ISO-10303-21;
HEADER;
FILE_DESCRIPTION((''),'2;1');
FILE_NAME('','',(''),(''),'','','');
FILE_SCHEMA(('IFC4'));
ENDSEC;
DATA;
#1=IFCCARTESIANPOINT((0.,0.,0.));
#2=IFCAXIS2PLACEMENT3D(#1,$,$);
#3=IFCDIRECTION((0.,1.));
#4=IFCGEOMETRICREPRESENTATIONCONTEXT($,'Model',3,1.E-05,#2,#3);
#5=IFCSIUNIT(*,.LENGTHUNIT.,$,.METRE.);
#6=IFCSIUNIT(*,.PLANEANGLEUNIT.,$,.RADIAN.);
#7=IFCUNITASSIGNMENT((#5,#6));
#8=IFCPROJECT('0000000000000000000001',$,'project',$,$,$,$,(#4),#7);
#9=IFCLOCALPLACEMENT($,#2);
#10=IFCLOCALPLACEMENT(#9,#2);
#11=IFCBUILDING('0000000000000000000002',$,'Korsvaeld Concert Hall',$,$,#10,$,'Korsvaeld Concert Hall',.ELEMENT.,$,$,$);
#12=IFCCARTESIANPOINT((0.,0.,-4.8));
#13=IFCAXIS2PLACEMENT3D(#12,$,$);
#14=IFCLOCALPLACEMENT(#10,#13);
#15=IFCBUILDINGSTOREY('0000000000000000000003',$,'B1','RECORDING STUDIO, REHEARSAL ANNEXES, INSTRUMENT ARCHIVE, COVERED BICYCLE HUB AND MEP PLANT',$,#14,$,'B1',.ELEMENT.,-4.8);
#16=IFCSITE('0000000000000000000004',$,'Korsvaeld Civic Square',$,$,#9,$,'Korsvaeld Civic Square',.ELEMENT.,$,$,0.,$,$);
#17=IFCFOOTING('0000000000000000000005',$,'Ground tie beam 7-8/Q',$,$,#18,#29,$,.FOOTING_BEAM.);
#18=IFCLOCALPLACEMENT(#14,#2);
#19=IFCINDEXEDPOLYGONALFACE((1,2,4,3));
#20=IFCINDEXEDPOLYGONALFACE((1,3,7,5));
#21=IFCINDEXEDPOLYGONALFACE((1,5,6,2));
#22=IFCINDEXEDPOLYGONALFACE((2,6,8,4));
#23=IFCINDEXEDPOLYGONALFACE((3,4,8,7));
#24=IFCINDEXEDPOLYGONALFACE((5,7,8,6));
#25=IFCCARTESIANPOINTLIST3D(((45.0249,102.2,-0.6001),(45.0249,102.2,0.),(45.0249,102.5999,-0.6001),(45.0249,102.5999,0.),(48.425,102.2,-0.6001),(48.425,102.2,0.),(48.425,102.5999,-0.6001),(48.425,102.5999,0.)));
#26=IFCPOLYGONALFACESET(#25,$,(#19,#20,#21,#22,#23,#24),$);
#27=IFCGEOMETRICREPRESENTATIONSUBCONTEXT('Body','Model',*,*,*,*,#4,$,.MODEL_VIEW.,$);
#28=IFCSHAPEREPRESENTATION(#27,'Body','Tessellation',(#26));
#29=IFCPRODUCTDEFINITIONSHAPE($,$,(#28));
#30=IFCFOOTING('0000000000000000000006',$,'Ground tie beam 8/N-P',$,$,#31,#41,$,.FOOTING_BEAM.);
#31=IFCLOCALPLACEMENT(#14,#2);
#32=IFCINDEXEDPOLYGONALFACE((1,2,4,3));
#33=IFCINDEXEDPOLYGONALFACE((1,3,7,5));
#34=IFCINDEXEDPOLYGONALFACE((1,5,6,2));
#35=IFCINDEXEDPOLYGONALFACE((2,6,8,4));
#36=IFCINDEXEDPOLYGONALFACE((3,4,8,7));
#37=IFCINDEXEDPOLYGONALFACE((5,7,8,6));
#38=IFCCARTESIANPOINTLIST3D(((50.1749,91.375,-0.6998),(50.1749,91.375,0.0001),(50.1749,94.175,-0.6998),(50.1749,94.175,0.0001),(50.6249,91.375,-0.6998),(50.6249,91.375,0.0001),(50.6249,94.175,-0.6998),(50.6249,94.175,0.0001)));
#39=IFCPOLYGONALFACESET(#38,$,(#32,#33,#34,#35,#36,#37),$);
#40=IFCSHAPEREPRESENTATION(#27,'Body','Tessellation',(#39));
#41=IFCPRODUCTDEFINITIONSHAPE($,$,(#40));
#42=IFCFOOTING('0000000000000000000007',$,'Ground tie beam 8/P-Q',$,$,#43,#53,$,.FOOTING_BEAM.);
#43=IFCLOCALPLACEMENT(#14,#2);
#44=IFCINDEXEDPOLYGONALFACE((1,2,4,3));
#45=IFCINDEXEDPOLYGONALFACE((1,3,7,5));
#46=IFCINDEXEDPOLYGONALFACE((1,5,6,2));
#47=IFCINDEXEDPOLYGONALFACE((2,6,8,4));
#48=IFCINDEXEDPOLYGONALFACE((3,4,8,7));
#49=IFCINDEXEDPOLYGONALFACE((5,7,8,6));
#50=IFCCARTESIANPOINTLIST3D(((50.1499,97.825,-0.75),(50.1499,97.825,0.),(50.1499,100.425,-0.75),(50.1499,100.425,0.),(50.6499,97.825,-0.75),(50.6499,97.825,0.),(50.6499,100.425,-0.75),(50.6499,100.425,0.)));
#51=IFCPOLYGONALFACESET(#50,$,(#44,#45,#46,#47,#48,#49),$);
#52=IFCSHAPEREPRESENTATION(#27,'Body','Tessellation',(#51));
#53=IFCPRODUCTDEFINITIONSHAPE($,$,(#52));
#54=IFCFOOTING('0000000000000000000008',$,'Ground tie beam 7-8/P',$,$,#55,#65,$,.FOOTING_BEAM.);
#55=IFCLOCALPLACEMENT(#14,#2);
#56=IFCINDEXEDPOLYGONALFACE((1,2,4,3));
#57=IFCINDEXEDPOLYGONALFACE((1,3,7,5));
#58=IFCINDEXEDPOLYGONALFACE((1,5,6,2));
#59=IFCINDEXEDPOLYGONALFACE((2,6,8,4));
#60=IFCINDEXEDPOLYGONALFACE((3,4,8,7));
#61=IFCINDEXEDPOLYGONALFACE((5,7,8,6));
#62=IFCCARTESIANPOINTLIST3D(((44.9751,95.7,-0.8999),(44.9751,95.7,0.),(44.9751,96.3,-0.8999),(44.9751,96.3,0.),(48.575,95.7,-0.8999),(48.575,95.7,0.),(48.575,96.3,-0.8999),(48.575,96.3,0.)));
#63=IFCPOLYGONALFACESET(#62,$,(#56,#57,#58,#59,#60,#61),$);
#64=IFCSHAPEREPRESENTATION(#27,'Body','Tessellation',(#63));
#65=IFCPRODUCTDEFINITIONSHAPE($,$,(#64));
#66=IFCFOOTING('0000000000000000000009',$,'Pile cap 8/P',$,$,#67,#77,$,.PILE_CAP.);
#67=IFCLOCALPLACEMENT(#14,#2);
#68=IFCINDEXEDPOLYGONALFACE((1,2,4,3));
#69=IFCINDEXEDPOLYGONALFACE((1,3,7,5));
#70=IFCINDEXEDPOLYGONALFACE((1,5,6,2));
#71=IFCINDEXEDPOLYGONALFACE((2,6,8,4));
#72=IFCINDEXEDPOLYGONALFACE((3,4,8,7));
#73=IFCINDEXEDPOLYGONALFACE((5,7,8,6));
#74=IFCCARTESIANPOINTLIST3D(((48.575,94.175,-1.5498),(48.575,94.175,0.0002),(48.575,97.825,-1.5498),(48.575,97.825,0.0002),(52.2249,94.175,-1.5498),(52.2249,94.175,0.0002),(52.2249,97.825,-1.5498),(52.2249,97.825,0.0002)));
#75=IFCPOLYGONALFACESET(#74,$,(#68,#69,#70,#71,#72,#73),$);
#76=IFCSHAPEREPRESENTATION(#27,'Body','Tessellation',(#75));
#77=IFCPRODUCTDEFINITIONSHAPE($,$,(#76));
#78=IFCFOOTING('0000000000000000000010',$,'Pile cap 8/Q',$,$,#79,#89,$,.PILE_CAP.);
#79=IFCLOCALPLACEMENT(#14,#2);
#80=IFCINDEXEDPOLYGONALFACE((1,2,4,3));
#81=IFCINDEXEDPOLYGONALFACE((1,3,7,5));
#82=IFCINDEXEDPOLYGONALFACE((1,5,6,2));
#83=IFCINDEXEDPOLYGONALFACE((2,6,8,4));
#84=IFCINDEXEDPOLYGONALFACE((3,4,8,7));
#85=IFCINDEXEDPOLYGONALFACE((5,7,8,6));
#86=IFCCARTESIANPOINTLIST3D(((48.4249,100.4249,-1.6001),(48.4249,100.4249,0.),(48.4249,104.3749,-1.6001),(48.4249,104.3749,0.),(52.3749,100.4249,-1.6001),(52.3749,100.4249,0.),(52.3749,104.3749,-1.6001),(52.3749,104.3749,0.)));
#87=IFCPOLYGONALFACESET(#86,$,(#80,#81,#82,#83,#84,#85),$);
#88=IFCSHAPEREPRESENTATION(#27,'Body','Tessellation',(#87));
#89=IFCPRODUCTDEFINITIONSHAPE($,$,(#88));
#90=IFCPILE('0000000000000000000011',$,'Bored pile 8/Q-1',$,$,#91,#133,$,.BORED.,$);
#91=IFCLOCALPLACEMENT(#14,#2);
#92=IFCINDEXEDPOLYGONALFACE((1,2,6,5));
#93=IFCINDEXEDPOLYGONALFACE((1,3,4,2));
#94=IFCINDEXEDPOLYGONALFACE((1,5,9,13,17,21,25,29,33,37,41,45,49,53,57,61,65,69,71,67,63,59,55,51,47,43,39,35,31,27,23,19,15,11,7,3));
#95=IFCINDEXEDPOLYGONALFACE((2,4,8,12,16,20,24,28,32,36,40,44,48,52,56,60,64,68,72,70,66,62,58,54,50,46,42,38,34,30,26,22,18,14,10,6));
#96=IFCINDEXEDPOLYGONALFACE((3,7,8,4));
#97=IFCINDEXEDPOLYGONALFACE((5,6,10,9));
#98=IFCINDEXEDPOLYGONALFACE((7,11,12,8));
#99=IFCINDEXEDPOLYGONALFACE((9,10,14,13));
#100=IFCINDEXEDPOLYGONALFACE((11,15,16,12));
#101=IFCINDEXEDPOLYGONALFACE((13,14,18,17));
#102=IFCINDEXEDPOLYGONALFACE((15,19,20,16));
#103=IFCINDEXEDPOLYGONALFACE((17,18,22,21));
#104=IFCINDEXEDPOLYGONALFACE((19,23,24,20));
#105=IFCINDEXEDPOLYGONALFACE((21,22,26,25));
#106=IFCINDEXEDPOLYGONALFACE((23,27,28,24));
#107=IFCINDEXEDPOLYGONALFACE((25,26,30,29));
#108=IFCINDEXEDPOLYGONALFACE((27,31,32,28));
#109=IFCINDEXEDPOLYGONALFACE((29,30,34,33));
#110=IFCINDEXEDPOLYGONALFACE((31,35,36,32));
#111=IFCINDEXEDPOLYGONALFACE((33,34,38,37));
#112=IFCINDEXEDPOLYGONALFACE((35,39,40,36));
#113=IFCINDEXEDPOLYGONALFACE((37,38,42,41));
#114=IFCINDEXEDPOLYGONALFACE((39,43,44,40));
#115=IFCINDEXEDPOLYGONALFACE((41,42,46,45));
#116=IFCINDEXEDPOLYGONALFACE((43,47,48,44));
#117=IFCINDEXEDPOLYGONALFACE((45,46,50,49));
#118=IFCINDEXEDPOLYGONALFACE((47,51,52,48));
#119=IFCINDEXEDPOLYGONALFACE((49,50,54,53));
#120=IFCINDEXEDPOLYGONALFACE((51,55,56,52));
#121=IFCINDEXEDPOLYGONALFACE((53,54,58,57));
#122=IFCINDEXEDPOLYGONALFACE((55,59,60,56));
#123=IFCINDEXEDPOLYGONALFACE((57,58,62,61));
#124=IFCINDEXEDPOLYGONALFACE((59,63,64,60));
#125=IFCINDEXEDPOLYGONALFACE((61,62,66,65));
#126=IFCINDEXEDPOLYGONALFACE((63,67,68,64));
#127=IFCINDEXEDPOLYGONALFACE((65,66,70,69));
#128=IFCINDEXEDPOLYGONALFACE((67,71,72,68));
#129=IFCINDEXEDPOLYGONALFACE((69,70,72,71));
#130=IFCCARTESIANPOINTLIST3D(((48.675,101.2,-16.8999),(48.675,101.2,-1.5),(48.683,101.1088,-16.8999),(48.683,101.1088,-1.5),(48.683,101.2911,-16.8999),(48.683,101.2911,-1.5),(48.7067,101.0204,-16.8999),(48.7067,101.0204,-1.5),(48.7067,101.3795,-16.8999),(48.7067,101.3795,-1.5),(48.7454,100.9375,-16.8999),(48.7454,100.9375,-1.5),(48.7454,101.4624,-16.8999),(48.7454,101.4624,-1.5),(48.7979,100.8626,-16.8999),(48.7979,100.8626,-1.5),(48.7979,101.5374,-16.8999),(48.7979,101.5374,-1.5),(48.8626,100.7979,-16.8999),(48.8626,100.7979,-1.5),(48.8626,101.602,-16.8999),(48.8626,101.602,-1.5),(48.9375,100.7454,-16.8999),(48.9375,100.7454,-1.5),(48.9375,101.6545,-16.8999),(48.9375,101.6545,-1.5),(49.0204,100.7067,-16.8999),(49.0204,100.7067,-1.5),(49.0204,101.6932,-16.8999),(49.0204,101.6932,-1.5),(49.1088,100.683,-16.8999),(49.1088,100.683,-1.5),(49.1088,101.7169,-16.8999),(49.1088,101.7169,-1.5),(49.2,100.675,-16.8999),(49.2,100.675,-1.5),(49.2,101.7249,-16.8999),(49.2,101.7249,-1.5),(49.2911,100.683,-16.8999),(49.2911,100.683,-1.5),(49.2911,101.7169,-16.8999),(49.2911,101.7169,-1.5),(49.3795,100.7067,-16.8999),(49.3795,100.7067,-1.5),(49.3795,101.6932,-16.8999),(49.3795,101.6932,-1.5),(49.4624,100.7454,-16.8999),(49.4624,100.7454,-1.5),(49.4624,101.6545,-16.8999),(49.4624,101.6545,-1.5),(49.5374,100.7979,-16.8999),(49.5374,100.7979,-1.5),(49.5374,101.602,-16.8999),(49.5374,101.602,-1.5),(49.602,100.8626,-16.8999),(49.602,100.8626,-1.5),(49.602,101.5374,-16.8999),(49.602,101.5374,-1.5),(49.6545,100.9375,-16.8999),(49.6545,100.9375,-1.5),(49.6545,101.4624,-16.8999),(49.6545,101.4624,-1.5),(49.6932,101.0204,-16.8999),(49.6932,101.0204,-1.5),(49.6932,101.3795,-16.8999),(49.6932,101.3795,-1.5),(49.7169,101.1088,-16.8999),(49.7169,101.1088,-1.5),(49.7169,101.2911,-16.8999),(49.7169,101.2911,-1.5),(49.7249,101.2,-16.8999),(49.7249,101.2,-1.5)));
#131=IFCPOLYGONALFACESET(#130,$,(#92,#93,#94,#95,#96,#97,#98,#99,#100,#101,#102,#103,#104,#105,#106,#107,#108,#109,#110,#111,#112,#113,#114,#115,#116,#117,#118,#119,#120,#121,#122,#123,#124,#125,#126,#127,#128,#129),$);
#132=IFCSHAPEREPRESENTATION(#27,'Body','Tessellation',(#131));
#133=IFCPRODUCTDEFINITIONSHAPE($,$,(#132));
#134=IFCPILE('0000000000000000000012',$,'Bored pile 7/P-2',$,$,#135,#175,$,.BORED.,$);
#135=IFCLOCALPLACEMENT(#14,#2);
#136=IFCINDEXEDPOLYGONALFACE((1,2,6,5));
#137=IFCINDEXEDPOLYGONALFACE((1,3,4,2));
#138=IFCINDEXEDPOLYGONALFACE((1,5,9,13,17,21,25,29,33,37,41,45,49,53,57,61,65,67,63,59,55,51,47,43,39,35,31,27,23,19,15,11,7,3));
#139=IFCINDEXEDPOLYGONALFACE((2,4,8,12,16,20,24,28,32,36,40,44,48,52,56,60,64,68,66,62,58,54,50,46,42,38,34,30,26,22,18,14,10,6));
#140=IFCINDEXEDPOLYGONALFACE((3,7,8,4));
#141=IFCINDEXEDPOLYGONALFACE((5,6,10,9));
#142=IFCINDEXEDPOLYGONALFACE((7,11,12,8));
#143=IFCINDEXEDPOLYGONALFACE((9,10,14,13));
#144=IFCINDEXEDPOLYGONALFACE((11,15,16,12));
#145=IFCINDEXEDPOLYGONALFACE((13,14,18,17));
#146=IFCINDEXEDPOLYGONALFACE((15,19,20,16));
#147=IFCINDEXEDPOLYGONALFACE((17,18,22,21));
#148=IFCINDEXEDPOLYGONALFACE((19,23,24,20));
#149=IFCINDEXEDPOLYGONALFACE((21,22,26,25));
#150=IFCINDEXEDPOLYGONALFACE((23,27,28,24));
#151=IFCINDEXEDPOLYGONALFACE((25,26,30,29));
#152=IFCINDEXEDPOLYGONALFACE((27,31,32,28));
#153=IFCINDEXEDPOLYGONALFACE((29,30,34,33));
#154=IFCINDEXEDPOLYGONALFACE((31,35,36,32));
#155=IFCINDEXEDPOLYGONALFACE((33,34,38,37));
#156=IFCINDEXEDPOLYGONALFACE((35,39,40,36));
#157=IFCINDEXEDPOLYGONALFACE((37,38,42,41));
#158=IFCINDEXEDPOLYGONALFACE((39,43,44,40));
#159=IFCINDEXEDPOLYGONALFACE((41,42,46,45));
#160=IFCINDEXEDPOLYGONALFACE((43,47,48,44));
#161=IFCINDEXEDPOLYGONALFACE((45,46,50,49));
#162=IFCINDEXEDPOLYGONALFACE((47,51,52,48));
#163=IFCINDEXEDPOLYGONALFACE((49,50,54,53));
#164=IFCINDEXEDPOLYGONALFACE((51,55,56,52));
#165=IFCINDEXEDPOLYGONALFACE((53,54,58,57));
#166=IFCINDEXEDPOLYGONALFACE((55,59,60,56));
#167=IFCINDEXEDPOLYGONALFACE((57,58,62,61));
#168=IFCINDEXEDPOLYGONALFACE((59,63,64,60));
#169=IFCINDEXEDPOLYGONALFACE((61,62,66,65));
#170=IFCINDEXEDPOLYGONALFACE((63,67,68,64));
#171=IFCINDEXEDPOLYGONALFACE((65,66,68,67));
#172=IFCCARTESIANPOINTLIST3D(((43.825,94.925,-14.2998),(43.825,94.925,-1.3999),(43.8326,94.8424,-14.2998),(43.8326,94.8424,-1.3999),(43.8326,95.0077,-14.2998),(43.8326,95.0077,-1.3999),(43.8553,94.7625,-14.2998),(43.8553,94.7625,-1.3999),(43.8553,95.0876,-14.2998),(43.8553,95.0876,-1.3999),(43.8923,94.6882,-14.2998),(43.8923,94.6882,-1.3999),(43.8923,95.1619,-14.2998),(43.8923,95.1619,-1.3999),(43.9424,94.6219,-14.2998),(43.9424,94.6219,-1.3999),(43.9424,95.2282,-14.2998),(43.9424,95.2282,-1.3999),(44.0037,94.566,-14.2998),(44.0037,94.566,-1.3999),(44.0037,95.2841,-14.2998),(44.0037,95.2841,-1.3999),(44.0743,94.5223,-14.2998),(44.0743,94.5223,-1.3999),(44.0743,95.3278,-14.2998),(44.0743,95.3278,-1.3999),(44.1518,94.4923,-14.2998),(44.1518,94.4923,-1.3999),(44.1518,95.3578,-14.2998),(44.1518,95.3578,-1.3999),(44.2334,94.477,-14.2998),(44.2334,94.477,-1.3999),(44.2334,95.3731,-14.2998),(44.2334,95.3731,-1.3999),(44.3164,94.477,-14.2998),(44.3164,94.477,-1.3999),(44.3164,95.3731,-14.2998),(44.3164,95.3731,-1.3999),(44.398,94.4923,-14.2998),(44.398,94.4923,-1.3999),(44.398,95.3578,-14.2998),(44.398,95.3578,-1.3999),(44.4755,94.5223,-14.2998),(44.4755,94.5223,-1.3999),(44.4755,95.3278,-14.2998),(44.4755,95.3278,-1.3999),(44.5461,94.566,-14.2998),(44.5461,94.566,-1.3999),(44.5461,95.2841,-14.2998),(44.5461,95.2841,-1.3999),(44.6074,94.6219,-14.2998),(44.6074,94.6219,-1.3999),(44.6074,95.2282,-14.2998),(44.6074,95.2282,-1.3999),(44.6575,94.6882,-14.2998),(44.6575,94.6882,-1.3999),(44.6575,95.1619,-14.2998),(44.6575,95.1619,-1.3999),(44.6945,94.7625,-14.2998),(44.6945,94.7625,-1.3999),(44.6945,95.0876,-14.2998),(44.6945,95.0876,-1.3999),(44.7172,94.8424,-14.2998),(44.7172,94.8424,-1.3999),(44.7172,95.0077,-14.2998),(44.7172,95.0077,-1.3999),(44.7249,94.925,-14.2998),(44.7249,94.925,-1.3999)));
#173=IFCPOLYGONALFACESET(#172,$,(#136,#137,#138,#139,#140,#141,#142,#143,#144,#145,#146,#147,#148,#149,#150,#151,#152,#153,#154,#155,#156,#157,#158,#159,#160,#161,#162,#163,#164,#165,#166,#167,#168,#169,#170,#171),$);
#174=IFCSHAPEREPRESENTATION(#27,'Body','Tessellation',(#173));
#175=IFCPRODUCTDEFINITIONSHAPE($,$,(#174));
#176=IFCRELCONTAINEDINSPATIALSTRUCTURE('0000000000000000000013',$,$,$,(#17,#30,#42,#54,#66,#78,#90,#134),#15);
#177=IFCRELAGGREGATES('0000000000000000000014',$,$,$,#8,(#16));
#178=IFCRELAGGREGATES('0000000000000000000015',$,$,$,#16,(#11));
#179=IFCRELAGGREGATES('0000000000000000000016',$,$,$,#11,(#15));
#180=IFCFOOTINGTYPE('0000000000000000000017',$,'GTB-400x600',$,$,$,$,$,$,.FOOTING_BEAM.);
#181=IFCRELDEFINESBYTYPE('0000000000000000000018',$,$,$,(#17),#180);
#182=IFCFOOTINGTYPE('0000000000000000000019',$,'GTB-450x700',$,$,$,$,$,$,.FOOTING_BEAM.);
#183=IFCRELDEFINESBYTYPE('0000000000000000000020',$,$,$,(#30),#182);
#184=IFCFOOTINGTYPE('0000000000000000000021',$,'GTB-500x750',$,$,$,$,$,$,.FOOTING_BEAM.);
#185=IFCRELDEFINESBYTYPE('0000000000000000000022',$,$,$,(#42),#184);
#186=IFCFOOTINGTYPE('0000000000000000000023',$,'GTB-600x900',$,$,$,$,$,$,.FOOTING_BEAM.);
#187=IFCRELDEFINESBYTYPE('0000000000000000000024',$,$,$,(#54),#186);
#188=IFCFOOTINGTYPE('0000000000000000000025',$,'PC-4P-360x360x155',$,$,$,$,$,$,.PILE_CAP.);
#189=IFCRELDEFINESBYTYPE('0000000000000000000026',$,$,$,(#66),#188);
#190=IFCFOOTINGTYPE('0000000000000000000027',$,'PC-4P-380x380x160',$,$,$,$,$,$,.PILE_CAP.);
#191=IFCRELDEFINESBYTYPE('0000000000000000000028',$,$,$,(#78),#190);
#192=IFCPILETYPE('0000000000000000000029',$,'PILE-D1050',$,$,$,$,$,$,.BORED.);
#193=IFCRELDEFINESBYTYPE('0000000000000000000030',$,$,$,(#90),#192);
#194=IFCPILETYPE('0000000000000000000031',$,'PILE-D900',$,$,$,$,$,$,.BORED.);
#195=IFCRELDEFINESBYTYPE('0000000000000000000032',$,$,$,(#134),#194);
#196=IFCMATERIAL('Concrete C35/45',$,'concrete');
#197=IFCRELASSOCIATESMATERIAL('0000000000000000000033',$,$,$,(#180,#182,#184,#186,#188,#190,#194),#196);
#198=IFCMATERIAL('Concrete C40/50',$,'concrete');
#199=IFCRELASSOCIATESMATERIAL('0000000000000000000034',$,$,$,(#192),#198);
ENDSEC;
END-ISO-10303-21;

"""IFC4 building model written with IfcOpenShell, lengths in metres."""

from ifc_helpers import new_model, si_unit, direction, frame, origin, origin_2d, place, context, subcontext, project, spatial, rectangle, circle, extrude, material, material_profile, profile_set, type_object, element, save


model = new_model("IFC4")

# Units and contexts
model_context = context("Model", 3, precision=1e-05, world=origin(), true_north=direction((0.0, 1.0)))
body_context = subcontext(model_context, "Body", "Model", "MODEL_VIEW")
ifc_project = project(units=[si_unit("LENGTHUNIT", "METRE"), si_unit("PLANEANGLEUNIT", "RADIAN")], contexts=[model_context])

# Site, building, storey
site_placement = place(None, origin())
site = spatial("IfcSite", under=ifc_project, at=site_placement, Name="Korsvaeld Civic Square", LongName="Korsvaeld Civic Square", CompositionType="ELEMENT", RefElevation=0.0)
building_placement = place(site_placement, origin())
building = spatial("IfcBuilding", under=site, at=building_placement, Name="Korsvaeld Concert Hall", LongName="Korsvaeld Concert Hall", CompositionType="ELEMENT")
storey_placement = place(building_placement, frame((0.0, 0.0, -4.8)))
storey = spatial("IfcBuildingStorey", under=building, at=storey_placement, Name="B1", Description="RECORDING STUDIO, REHEARSAL ANNEXES, INSTRUMENT ARCHIVE, COVERED BICYCLE HUB AND MEP PLANT", LongName="B1", CompositionType="ELEMENT", Elevation=-4.8)

# Footings
ifc_material_1 = material(Name="Concrete C35/45", Category="concrete")
ifc_material_profile_1 = material_profile(ifc_material_1, rectangle(XDim=0.3999, YDim=0.6001, at=origin_2d()), Name="GTB 400x600")
ifc_profile_set_1 = profile_set([ifc_material_profile_1], Name="Concrete C35/45")
footing_type_1 = type_object("IfcFootingType", Name="GTB-400x600", PredefinedType="FOOTING_BEAM", material=ifc_profile_set_1)
footing_1_placement = place(storey_placement, frame((45.0249, 102.3999, -0.3), z_axis=(1.0, 0.0, 0.0), x_axis=(0.0, 1.0, 0.0)))
element("IfcFooting", 1, at=footing_1_placement, inside=storey, type_object=footing_type_1, Name="Ground tie beam 7-8/Q", PredefinedType="FOOTING_BEAM", context=body_context, shape_type="SweptSolid", body=[
    extrude(rectangle(XDim=0.3999, YDim=0.6001, at=origin_2d()), origin(), (0.0, 0.0, 1.0), 3.4001),
])
ifc_material_profile_2 = material_profile(ifc_material_1, rectangle(XDim=0.45, YDim=0.7, at=origin_2d()), Name="GTB 450x700")
ifc_profile_set_2 = profile_set([ifc_material_profile_2], Name="Concrete C35/45")
footing_type_2 = type_object("IfcFootingType", Name="GTB-450x700", PredefinedType="FOOTING_BEAM", material=ifc_profile_set_2)
footing_2_placement = place(storey_placement, frame((50.3999, 91.375, -0.3499), z_axis=(0.0, 1.0, 0.0), x_axis=(-1.0, 0.0, 0.0)))
element("IfcFooting", 2, at=footing_2_placement, inside=storey, type_object=footing_type_2, Name="Ground tie beam 8/N-P", PredefinedType="FOOTING_BEAM", context=body_context, shape_type="SweptSolid", body=[
    extrude(rectangle(XDim=0.45, YDim=0.7, at=origin_2d()), origin(), (0.0, 0.0, 1.0), 2.8),
])
ifc_material_profile_3 = material_profile(ifc_material_1, rectangle(XDim=0.5, YDim=0.75, at=origin_2d()), Name="GTB 500x750")
ifc_profile_set_3 = profile_set([ifc_material_profile_3], Name="Concrete C35/45")
footing_type_3 = type_object("IfcFootingType", Name="GTB-500x750", PredefinedType="FOOTING_BEAM", material=ifc_profile_set_3)
footing_3_placement = place(storey_placement, frame((50.3999, 97.825, -0.375), z_axis=(0.0, 1.0, 0.0), x_axis=(-1.0, 0.0, 0.0)))
element("IfcFooting", 3, at=footing_3_placement, inside=storey, type_object=footing_type_3, Name="Ground tie beam 8/P-Q", PredefinedType="FOOTING_BEAM", context=body_context, shape_type="SweptSolid", body=[
    extrude(rectangle(XDim=0.5, YDim=0.75, at=origin_2d()), origin(), (0.0, 0.0, 1.0), 2.6001),
])
ifc_material_profile_4 = material_profile(ifc_material_1, rectangle(XDim=0.6001, YDim=0.8999, at=origin_2d()), Name="GTB 600x900")
ifc_profile_set_4 = profile_set([ifc_material_profile_4], Name="Concrete C35/45")
footing_type_4 = type_object("IfcFootingType", Name="GTB-600x900", PredefinedType="FOOTING_BEAM", material=ifc_profile_set_4)
footing_4_placement = place(storey_placement, frame((44.9751, 96.0, -0.45), z_axis=(1.0, 0.0, 0.0), x_axis=(0.0, 1.0, 0.0)))
element("IfcFooting", 4, at=footing_4_placement, inside=storey, type_object=footing_type_4, Name="Ground tie beam 7-8/P", PredefinedType="FOOTING_BEAM", context=body_context, shape_type="SweptSolid", body=[
    extrude(rectangle(XDim=0.6001, YDim=0.8999, at=origin_2d()), origin(), (0.0, 0.0, 1.0), 3.5999),
])
footing_type_5 = type_object("IfcFootingType", Name="PC-4P-360x360x155", PredefinedType="PILE_CAP", material=ifc_material_1)
footing_5_placement = place(storey_placement, frame((50.3999, 96.0, -1.5498), z_axis=(0.0, 0.0, 1.0), x_axis=(1.0, 0.0, 0.0)))
element("IfcFooting", 5, at=footing_5_placement, inside=storey, type_object=footing_type_5, Name="Pile cap 8/P", PredefinedType="PILE_CAP", context=body_context, shape_type="SweptSolid", body=[
    extrude(rectangle(XDim=3.6499, YDim=3.6499, at=origin_2d()), origin(), (0.0, 0.0, 1.0), 1.55),
])
footing_type_6 = type_object("IfcFootingType", Name="PC-4P-380x380x160", PredefinedType="PILE_CAP", material=ifc_material_1)
footing_6_placement = place(storey_placement, frame((50.3999, 102.3999, -1.6001), z_axis=(0.0, 0.0, 1.0), x_axis=(1.0, 0.0, 0.0)))
element("IfcFooting", 6, at=footing_6_placement, inside=storey, type_object=footing_type_6, Name="Pile cap 8/Q", PredefinedType="PILE_CAP", context=body_context, shape_type="SweptSolid", body=[
    extrude(rectangle(XDim=3.95, YDim=3.95, at=origin_2d()), origin(), (0.0, 0.0, 1.0), 1.6001),
])

# Piles
ifc_material_2 = material(Name="Concrete C40/50", Category="concrete")
ifc_material_profile_5 = material_profile(ifc_material_2, circle(Radius=0.5249, at=origin_2d()), Name="BORED PILE D1050")
ifc_profile_set_5 = profile_set([ifc_material_profile_5], Name="Concrete C40/50")
pile_type_1 = type_object("IfcPileType", Name="PILE-D1050", PredefinedType="BORED", material=ifc_profile_set_5)
pile_placement = place(storey_placement, frame((49.2, 101.2, -1.5), z_axis=(0.0, 0.0, -1.0), x_axis=(1.0, 0.0, 0.0)))
element("IfcPile", 7, at=pile_placement, inside=storey, type_object=pile_type_1, Name="Bored pile 8/Q-1", PredefinedType="BORED", context=body_context, shape_type="SweptSolid", body=[
    extrude(circle(Radius=0.5249, at=origin_2d()), origin(), (0.0, 0.0, 1.0), 15.3999),
])
ifc_material_profile_6 = material_profile(ifc_material_1, circle(Radius=0.45, at=origin_2d()), Name="BORED PILE D900")
ifc_profile_set_6 = profile_set([ifc_material_profile_6], Name="Concrete C35/45")
pile_type_2 = type_object("IfcPileType", Name="PILE-D900", PredefinedType="BORED", material=ifc_profile_set_6)
for number, where, z_axis, x_axis, name in (
    (8, (44.2749, 94.925, -1.3999), (0.0, 0.0, -1.0), (1.0, 0.0, 0.0), "Bored pile 7/P-2"),
):
    element("IfcPile", number, at=place(storey_placement, frame(where, z_axis=z_axis, x_axis=x_axis)), inside=storey, type_object=pile_type_2, Name=name, PredefinedType="BORED", context=body_context, shape_type="SweptSolid", body=[
        extrude(circle(Radius=0.45, at=origin_2d()), origin(), (0.0, 0.0, 1.0), 12.8999),
    ])

save(model, "model.ifc")
